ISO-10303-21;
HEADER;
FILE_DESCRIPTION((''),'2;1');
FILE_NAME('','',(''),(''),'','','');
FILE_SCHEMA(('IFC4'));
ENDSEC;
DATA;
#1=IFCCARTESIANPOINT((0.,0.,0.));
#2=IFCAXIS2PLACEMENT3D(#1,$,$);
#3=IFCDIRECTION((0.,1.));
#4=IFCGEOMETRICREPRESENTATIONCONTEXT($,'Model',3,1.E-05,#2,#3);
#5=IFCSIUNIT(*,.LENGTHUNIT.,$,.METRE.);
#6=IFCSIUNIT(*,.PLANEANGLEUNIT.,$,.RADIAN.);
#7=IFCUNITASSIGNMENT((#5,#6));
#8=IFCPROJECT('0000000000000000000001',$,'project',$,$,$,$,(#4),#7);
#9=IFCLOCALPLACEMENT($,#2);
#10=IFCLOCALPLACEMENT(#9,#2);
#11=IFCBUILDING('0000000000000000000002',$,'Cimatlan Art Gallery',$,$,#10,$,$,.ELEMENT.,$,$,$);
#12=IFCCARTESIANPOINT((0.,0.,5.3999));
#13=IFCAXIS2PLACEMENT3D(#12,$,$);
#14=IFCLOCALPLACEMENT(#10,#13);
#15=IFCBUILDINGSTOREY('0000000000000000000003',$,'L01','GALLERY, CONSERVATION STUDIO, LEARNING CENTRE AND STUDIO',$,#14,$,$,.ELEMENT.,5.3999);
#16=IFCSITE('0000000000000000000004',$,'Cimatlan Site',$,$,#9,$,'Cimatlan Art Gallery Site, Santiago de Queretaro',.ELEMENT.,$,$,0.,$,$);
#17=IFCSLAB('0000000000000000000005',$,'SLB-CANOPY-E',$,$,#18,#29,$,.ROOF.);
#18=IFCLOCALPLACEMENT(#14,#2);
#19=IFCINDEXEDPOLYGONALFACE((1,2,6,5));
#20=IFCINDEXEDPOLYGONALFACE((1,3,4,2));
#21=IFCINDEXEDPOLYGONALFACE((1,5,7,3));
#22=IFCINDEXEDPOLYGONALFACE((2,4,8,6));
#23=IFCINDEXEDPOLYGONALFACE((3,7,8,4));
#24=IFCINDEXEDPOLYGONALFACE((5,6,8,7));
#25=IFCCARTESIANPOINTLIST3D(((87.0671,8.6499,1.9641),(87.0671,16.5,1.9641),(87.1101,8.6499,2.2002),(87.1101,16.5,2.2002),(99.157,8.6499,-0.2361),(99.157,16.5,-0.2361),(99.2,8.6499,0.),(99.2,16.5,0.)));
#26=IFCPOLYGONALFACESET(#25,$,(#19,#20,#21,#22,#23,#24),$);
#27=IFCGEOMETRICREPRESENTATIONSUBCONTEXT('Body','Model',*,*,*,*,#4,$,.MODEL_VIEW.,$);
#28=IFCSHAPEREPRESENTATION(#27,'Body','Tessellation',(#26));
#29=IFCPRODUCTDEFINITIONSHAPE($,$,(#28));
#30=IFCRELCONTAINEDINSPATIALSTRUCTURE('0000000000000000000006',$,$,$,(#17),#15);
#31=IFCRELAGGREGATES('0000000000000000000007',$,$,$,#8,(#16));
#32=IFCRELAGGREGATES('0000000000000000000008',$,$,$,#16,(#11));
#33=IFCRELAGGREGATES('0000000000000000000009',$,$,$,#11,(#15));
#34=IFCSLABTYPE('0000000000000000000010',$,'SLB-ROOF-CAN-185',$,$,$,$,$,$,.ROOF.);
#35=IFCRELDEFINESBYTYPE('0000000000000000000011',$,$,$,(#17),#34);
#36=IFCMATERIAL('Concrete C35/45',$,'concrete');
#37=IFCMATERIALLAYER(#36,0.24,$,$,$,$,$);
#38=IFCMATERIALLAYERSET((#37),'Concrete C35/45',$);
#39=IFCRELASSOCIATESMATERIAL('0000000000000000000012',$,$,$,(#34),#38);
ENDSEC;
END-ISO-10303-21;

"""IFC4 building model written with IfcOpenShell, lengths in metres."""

from ifc_helpers import new_model, si_unit, direction, frame, origin, place, context, subcontext, project, spatial, polyline, outline, extrude, material, layer, layer_set, type_object, element, save


model = new_model("IFC4")

# Units and contexts
model_context = context("Model", 3, precision=1e-05, world=origin(), true_north=direction((0.0, 1.0)))
body_context = subcontext(model_context, "Body", "Model", "MODEL_VIEW")
ifc_project = project(units=[si_unit("LENGTHUNIT", "METRE"), si_unit("PLANEANGLEUNIT", "RADIAN")], contexts=[model_context])

# Site, building, storey
site_placement = place(None, origin())
site = spatial("IfcSite", under=ifc_project, at=site_placement, Name="Cimatlan Site", LongName="Cimatlan Art Gallery Site, Santiago de Queretaro", CompositionType="ELEMENT", RefElevation=0.0)
building_placement = place(site_placement, origin())
building = spatial("IfcBuilding", under=site, at=building_placement, Name="Cimatlan Art Gallery", CompositionType="ELEMENT")
storey_placement = place(building_placement, frame((0.0, 0.0, 5.3999)))
storey = spatial("IfcBuildingStorey", under=building, at=storey_placement, Name="L01", Description="GALLERY, CONSERVATION STUDIO, LEARNING CENTRE AND STUDIO", CompositionType="ELEMENT", Elevation=5.3999)

# Slab
ifc_material_1 = material(Name="Concrete C35/45", Category="concrete")
ifc_layer_1 = layer(ifc_material_1, 0.24)
ifc_layer_set_1 = layer_set([ifc_layer_1], Name="Concrete C35/45")
slab_type = type_object("IfcSlabType", Name="SLB-ROOF-CAN-185", PredefinedType="ROOF", material=ifc_layer_set_1)
slab_placement = place(storey_placement, frame((87.1101, 8.6499, 2.2002), z_axis=(0.179046, 0.0, 0.983841), x_axis=(0.983841, 0.0, -0.179046)))
element("IfcSlab", 1, at=slab_placement, inside=storey, type_object=slab_type, Name="SLB-CANOPY-E", PredefinedType="ROOF", context=body_context, shape_type="SweptSolid", body=[
    extrude(outline(polyline([(0.0, 0.0), (12.2884, 0.0), (12.2884, 7.8501), (0.0, 7.8501), (0.0, 0.0)])), origin(), (0.0, 0.0, -1.0), 0.24),
])

save(model, "model.ifc")
